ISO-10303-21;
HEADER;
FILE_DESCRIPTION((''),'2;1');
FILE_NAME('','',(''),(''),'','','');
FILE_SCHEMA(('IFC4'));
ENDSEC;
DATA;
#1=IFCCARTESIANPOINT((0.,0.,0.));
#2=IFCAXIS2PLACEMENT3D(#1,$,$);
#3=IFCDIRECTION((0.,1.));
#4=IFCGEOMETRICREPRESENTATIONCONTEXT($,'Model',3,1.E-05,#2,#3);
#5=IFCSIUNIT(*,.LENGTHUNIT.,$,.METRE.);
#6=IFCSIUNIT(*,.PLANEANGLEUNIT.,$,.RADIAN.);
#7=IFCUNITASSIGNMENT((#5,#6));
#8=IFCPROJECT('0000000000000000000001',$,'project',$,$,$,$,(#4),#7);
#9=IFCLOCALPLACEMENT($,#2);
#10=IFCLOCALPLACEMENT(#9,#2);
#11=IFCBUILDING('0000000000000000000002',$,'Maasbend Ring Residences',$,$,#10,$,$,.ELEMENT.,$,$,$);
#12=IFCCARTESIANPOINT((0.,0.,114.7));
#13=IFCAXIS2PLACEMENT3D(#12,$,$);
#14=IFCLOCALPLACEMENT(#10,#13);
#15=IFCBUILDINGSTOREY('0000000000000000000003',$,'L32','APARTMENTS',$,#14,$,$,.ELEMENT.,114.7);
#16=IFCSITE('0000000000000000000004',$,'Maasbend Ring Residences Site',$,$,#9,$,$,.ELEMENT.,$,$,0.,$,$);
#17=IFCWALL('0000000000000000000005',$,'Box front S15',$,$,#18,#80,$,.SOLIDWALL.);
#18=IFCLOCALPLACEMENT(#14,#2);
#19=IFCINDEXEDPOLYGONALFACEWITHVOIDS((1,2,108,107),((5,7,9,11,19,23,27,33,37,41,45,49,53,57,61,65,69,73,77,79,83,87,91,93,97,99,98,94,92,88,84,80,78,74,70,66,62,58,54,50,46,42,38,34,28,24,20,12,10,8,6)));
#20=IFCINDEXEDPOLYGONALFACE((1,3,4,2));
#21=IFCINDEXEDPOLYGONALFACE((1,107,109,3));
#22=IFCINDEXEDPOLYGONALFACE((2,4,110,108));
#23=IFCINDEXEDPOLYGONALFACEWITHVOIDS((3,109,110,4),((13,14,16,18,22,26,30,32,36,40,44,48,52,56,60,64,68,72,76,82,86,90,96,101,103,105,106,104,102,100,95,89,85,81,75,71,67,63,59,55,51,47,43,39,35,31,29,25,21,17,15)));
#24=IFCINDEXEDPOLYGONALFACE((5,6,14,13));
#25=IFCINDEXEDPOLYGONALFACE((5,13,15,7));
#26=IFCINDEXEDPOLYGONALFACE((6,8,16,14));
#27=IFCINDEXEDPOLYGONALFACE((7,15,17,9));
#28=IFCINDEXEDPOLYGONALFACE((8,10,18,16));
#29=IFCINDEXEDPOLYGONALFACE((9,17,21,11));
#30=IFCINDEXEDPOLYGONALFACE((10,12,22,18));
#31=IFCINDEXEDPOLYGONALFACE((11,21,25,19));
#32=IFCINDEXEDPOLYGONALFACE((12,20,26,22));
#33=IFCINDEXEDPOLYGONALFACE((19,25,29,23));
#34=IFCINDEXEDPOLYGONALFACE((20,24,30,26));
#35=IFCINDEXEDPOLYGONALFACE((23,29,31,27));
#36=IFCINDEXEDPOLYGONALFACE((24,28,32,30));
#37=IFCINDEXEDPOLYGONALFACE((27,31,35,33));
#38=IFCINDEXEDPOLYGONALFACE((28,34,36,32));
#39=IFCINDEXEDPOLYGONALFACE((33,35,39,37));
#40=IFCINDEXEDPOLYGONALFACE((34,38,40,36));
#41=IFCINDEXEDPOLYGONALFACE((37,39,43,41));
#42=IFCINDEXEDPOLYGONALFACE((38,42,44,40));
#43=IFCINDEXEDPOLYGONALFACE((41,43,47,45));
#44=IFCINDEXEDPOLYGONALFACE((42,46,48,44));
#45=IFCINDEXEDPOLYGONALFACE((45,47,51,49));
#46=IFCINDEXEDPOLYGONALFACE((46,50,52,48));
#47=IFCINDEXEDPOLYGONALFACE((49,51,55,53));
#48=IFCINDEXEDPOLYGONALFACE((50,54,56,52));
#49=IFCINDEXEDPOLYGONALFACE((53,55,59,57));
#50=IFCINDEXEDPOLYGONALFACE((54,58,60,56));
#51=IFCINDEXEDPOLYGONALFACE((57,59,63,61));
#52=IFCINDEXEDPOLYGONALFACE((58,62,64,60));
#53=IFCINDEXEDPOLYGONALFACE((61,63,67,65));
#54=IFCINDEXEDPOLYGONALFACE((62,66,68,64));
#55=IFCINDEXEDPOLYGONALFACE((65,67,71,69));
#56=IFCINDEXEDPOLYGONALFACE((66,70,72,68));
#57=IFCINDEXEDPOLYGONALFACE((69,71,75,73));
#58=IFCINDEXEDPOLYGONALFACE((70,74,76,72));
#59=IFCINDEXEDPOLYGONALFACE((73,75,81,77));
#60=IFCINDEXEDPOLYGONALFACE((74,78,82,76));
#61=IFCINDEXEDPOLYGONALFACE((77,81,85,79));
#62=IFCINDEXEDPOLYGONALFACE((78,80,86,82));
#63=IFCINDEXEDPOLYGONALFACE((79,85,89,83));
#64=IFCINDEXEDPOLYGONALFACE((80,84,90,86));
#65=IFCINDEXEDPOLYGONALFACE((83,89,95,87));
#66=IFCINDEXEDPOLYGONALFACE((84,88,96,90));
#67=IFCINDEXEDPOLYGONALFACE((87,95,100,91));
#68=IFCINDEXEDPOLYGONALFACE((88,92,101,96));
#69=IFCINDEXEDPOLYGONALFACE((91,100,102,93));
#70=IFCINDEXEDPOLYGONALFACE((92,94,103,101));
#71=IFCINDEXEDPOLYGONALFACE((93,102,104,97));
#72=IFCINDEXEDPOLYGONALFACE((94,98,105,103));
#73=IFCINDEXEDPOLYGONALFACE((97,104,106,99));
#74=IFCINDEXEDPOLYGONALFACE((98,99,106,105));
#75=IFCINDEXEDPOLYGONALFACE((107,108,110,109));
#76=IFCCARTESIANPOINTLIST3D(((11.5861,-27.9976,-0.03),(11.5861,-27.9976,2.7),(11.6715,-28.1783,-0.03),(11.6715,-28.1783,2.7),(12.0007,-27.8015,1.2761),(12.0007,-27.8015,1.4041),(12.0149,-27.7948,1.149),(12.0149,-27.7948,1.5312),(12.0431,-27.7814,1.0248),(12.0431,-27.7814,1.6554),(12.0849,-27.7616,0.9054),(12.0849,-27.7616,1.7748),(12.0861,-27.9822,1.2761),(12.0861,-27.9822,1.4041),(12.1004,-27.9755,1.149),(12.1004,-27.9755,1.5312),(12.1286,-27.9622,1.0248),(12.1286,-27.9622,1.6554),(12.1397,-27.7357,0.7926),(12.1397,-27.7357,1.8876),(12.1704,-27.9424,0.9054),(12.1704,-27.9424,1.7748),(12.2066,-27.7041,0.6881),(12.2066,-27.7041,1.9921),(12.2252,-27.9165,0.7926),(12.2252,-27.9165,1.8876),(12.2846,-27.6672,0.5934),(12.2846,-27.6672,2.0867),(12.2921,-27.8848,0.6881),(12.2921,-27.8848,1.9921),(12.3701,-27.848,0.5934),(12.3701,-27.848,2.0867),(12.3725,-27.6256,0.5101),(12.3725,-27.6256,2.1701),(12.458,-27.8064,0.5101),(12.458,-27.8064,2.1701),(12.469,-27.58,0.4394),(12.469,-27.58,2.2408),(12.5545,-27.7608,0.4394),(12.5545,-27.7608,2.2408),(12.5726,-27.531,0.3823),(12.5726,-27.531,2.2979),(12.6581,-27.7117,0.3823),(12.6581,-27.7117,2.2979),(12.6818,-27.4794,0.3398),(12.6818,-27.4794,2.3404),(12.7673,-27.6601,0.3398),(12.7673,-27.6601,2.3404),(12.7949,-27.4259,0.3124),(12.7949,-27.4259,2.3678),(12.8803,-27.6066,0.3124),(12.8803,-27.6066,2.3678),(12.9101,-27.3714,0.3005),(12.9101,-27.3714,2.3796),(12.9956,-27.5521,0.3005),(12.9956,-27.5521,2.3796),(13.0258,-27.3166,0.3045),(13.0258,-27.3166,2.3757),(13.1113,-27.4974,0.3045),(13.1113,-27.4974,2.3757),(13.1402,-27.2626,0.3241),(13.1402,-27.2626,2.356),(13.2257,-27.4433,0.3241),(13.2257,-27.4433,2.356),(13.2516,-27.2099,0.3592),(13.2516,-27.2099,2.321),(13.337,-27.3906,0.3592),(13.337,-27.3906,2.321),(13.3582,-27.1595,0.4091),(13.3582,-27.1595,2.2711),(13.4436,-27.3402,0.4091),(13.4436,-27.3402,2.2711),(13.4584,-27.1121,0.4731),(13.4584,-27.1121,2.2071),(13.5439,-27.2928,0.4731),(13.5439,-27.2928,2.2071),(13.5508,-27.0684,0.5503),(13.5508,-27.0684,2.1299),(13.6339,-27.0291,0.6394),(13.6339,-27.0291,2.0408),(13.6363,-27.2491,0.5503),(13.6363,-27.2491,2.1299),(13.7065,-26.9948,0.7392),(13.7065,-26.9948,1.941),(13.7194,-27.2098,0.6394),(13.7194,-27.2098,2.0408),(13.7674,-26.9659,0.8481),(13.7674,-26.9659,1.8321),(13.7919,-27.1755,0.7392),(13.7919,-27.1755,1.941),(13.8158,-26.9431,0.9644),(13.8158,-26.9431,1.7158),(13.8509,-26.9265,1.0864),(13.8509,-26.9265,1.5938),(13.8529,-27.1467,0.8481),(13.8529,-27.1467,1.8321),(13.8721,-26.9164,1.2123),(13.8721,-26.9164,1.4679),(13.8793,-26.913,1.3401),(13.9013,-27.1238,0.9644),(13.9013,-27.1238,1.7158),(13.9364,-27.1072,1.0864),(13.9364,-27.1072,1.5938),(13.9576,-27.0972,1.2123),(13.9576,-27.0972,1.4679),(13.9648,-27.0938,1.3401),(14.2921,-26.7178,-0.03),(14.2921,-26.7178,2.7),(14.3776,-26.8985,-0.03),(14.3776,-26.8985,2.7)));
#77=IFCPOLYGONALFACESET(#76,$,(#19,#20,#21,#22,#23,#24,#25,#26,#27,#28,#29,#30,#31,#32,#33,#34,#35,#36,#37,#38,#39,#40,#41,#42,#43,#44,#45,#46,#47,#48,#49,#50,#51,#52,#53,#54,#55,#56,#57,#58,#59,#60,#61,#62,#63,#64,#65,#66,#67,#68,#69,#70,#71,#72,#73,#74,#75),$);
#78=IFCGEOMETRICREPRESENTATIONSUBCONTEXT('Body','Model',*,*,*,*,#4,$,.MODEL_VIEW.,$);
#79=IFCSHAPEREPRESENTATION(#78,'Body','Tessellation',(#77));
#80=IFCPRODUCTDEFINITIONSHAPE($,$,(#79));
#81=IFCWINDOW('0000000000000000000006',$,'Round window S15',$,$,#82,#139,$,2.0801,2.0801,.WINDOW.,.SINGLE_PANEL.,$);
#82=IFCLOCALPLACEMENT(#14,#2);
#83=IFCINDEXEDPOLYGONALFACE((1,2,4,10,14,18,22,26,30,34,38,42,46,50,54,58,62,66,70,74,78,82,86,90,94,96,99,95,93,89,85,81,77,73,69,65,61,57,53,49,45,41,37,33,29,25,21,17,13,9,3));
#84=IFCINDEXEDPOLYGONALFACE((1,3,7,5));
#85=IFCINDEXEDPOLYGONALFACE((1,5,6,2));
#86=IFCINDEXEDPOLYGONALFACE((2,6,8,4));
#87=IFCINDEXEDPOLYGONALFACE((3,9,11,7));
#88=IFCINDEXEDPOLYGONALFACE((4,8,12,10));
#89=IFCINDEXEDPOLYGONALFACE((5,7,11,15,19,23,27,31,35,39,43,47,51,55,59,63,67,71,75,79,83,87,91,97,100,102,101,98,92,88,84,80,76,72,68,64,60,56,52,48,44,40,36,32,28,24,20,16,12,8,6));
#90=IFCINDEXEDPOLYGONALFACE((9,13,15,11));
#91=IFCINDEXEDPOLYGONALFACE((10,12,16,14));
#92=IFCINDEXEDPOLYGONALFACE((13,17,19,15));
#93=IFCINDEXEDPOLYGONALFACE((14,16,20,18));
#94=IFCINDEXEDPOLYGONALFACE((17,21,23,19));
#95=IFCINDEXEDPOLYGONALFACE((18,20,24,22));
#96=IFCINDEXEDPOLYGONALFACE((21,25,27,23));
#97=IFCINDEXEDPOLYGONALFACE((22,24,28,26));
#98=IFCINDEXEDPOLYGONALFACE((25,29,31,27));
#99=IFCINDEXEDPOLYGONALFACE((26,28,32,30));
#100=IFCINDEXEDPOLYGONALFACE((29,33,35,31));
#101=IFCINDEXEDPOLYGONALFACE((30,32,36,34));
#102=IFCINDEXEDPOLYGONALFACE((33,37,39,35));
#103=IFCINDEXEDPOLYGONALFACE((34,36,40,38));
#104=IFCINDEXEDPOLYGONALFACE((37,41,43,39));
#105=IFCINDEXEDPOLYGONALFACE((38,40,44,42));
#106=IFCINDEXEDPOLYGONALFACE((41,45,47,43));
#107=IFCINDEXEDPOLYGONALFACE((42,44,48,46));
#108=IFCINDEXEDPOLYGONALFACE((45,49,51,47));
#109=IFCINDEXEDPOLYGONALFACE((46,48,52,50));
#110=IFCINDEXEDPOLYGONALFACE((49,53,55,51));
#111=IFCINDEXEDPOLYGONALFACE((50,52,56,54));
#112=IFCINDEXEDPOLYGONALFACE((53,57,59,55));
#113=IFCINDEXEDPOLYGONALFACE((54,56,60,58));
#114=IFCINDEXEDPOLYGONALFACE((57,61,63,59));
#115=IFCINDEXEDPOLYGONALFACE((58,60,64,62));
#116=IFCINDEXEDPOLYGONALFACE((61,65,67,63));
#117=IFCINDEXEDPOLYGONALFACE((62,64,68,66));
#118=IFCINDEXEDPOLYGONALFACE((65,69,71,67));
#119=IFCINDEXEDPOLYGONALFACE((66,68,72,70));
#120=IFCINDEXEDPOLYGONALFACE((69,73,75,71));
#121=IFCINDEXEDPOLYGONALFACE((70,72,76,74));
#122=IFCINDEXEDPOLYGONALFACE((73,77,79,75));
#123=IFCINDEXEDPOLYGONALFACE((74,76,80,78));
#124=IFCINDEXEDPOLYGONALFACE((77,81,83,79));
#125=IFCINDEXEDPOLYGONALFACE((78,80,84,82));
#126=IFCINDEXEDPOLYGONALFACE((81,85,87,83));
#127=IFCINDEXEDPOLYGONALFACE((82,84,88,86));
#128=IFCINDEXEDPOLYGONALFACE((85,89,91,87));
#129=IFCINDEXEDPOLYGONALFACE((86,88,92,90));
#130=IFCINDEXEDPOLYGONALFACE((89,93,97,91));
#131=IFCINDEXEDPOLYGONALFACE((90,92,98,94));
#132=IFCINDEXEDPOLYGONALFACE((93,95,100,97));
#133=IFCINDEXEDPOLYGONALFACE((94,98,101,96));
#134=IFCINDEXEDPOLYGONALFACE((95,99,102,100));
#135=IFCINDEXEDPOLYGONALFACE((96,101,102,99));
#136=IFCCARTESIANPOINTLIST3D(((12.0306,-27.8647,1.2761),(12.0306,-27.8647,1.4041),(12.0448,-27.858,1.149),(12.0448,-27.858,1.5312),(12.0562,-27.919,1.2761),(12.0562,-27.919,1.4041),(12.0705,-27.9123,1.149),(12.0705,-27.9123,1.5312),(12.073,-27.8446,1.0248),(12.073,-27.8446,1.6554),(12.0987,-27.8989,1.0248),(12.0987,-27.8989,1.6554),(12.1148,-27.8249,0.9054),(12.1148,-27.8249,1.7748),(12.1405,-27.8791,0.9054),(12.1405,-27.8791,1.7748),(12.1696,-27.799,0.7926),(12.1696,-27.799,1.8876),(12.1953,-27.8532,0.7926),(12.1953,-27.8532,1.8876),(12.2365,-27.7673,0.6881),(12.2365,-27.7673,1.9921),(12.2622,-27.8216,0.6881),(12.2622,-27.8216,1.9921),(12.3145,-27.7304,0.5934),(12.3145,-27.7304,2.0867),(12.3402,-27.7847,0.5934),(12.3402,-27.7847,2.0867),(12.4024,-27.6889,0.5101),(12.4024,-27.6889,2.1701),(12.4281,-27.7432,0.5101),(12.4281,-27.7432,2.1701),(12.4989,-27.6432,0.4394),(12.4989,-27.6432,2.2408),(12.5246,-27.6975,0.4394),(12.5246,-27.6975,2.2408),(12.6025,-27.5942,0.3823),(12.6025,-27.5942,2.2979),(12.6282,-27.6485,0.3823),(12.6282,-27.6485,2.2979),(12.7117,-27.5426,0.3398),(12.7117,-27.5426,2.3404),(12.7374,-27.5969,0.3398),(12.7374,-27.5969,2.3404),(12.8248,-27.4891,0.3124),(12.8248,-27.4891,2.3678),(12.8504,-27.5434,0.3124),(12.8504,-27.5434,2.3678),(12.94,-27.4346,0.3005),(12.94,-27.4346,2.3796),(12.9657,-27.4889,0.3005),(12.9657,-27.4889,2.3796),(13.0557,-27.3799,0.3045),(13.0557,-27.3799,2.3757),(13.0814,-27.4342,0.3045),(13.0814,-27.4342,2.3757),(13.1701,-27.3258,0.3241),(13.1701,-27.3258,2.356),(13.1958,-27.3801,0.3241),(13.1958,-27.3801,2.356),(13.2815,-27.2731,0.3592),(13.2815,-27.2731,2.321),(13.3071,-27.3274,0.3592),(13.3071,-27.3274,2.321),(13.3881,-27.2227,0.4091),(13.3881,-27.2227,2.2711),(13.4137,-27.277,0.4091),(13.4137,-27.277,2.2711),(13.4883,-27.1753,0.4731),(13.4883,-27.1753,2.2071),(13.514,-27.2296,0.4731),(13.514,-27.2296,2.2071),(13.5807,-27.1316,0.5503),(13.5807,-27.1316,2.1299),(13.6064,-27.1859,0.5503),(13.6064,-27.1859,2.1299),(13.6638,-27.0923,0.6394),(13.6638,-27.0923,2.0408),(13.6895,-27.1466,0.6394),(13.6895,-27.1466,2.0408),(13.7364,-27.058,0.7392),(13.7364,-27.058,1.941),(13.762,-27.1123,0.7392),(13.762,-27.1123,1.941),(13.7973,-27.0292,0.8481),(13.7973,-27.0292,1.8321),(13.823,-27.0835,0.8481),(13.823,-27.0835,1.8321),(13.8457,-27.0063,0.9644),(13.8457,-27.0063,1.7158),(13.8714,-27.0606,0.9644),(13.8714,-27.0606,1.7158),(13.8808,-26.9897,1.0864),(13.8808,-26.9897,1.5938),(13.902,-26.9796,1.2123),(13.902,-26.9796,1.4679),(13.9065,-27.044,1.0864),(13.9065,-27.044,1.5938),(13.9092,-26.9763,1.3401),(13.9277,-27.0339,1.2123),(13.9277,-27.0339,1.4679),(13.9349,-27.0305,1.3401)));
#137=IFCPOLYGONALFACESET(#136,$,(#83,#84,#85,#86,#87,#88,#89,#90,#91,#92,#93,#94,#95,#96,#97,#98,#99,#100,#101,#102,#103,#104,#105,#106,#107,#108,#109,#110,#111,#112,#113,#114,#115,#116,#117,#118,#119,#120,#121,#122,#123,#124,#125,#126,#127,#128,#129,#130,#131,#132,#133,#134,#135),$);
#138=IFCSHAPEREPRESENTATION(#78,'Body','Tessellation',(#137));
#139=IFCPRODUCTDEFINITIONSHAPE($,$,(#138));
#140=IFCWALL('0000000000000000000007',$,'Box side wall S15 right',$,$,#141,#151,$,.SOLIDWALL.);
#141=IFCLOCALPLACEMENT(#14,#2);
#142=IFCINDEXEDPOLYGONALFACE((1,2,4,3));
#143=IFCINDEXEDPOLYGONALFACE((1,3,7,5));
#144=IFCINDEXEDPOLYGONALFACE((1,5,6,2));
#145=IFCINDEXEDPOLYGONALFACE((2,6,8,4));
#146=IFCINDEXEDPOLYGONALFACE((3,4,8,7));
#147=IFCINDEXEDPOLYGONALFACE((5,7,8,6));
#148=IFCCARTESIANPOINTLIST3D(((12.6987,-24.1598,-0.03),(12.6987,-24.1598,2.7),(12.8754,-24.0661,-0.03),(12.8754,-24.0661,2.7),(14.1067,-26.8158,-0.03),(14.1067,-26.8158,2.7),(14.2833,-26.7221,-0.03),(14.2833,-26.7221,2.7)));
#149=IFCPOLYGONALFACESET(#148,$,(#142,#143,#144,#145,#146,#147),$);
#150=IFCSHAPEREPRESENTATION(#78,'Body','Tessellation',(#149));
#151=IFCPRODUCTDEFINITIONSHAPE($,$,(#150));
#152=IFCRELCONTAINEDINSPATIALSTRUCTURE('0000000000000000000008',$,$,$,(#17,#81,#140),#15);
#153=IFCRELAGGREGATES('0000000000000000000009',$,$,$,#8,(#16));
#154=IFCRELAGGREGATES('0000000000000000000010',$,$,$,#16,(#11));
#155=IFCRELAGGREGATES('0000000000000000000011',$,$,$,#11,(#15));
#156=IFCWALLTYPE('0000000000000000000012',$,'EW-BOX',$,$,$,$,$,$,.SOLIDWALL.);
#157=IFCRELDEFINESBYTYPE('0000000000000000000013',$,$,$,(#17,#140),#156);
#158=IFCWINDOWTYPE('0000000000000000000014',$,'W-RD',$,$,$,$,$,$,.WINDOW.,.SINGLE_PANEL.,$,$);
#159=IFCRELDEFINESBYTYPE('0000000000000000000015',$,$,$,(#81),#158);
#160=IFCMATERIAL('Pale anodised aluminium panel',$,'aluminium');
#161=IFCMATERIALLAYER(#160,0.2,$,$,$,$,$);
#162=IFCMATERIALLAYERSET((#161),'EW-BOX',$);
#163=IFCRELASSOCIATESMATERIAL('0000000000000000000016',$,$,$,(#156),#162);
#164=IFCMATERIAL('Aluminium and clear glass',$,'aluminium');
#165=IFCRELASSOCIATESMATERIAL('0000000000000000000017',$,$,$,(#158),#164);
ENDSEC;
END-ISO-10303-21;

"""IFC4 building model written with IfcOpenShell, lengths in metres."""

from ifc_helpers import new_model, si_unit, direction, frame, frame_2d, origin, place, context, subcontext, project, spatial, rectangle, circle, extrude, material, layer, layer_set, type_object, element, fill, save


model = new_model("IFC4")

# Units and contexts
model_context = context("Model", 3, precision=1e-05, world=origin(), true_north=direction((0.0, 1.0)))
body_context = subcontext(model_context, "Body", "Model", "MODEL_VIEW")
ifc_project = project(units=[si_unit("LENGTHUNIT", "METRE"), si_unit("PLANEANGLEUNIT", "RADIAN")], contexts=[model_context])

# Site, building, storey
site_placement = place(None, origin())
site = spatial("IfcSite", under=ifc_project, at=site_placement, Name="Maasbend Ring Residences Site", CompositionType="ELEMENT", RefElevation=0.0)
building_placement = place(site_placement, origin())
building = spatial("IfcBuilding", under=site, at=building_placement, Name="Maasbend Ring Residences", CompositionType="ELEMENT")
storey_placement = place(building_placement, frame((0.0, 0.0, 114.7)))
storey = spatial("IfcBuildingStorey", under=building, at=storey_placement, Name="L32", Description="APARTMENTS", CompositionType="ELEMENT", Elevation=114.7)

# Wall, opening, window
ifc_material_1 = material(Name="Pale anodised aluminium panel", Category="aluminium")
ifc_layer_1 = layer(ifc_material_1, 0.2)
ifc_layer_set_1 = layer_set([ifc_layer_1], Name="EW-BOX")
wall_type_1 = type_object("IfcWallType", Name="EW-BOX", PredefinedType="SOLIDWALL", material=ifc_layer_set_1)
wall_1_placement = place(storey_placement, frame((11.6289, -28.0879, -0.03), z_axis=(0.0, 0.0, 1.0), x_axis=(0.904, 0.427532, 0.0)))
wall_1 = element("IfcWall", 1, at=wall_1_placement, inside=storey, type_object=wall_type_1, Name="Box front S15", PredefinedType="SOLIDWALL", context=body_context, shape_type="SweptSolid", body=[
    extrude(rectangle(XDim=2.9934, YDim=0.2, at=frame_2d((1.4966, 0.0))), origin(), (0.0, 0.0, 1.0), 2.73),
])
opening_1_placement = place(wall_1_placement, frame((0.4565, 0.0, 0.3301)))
opening_1 = element("IfcOpeningElement", 2, at=opening_1_placement, cuts=wall_1, PredefinedType="OPENING", context=body_context, shape_type="SweptSolid", body=[
    extrude(circle(Radius=1.04, at=frame_2d((1.04, 1.04))), frame((0.0, 0.1099, 0.0), z_axis=(0.0, -1.0, 0.0), x_axis=(1.0, 0.0, 0.0)), (0.0, 0.0, 1.0), 0.22),
])
ifc_material_2 = material(Name="Aluminium and clear glass", Category="aluminium")
window_type_1 = type_object("IfcWindowType", Name="W-RD", PartitioningType="SINGLE_PANEL", PredefinedType="WINDOW", material=ifc_material_2)
window_1_placement = place(opening_1_placement, origin())
window_1 = element("IfcWindow", 3, at=window_1_placement, inside=storey, type_object=window_type_1, Name="Round window S15", OverallHeight=2.0801, OverallWidth=2.0801, PartitioningType="SINGLE_PANEL", PredefinedType="WINDOW", context=body_context, shape_type="SweptSolid", body=[
    extrude(circle(Radius=1.04, at=frame_2d((1.04, 1.04))), frame((0.0, 0.03, 0.0), z_axis=(0.0, -1.0, 0.0), x_axis=(1.0, 0.0, 0.0)), (0.0, 0.0, 1.0), 0.0601),
])
fill(opening_1, window_1)

# Wall
wall_2_placement = place(storey_placement, frame((12.7871, -24.113, -0.03), z_axis=(0.0, 0.0, 1.0), x_axis=(0.468365, -0.883535, 0.0)))
element("IfcWall", 4, at=wall_2_placement, inside=storey, type_object=wall_type_1, Name="Box side wall S15 right", PredefinedType="SOLIDWALL", context=body_context, shape_type="SweptSolid", body=[
    extrude(rectangle(XDim=3.0061, YDim=0.2, at=frame_2d((1.5029, 0.0))), origin(), (0.0, 0.0, 1.0), 2.73),
])

save(model, "model.ifc")
